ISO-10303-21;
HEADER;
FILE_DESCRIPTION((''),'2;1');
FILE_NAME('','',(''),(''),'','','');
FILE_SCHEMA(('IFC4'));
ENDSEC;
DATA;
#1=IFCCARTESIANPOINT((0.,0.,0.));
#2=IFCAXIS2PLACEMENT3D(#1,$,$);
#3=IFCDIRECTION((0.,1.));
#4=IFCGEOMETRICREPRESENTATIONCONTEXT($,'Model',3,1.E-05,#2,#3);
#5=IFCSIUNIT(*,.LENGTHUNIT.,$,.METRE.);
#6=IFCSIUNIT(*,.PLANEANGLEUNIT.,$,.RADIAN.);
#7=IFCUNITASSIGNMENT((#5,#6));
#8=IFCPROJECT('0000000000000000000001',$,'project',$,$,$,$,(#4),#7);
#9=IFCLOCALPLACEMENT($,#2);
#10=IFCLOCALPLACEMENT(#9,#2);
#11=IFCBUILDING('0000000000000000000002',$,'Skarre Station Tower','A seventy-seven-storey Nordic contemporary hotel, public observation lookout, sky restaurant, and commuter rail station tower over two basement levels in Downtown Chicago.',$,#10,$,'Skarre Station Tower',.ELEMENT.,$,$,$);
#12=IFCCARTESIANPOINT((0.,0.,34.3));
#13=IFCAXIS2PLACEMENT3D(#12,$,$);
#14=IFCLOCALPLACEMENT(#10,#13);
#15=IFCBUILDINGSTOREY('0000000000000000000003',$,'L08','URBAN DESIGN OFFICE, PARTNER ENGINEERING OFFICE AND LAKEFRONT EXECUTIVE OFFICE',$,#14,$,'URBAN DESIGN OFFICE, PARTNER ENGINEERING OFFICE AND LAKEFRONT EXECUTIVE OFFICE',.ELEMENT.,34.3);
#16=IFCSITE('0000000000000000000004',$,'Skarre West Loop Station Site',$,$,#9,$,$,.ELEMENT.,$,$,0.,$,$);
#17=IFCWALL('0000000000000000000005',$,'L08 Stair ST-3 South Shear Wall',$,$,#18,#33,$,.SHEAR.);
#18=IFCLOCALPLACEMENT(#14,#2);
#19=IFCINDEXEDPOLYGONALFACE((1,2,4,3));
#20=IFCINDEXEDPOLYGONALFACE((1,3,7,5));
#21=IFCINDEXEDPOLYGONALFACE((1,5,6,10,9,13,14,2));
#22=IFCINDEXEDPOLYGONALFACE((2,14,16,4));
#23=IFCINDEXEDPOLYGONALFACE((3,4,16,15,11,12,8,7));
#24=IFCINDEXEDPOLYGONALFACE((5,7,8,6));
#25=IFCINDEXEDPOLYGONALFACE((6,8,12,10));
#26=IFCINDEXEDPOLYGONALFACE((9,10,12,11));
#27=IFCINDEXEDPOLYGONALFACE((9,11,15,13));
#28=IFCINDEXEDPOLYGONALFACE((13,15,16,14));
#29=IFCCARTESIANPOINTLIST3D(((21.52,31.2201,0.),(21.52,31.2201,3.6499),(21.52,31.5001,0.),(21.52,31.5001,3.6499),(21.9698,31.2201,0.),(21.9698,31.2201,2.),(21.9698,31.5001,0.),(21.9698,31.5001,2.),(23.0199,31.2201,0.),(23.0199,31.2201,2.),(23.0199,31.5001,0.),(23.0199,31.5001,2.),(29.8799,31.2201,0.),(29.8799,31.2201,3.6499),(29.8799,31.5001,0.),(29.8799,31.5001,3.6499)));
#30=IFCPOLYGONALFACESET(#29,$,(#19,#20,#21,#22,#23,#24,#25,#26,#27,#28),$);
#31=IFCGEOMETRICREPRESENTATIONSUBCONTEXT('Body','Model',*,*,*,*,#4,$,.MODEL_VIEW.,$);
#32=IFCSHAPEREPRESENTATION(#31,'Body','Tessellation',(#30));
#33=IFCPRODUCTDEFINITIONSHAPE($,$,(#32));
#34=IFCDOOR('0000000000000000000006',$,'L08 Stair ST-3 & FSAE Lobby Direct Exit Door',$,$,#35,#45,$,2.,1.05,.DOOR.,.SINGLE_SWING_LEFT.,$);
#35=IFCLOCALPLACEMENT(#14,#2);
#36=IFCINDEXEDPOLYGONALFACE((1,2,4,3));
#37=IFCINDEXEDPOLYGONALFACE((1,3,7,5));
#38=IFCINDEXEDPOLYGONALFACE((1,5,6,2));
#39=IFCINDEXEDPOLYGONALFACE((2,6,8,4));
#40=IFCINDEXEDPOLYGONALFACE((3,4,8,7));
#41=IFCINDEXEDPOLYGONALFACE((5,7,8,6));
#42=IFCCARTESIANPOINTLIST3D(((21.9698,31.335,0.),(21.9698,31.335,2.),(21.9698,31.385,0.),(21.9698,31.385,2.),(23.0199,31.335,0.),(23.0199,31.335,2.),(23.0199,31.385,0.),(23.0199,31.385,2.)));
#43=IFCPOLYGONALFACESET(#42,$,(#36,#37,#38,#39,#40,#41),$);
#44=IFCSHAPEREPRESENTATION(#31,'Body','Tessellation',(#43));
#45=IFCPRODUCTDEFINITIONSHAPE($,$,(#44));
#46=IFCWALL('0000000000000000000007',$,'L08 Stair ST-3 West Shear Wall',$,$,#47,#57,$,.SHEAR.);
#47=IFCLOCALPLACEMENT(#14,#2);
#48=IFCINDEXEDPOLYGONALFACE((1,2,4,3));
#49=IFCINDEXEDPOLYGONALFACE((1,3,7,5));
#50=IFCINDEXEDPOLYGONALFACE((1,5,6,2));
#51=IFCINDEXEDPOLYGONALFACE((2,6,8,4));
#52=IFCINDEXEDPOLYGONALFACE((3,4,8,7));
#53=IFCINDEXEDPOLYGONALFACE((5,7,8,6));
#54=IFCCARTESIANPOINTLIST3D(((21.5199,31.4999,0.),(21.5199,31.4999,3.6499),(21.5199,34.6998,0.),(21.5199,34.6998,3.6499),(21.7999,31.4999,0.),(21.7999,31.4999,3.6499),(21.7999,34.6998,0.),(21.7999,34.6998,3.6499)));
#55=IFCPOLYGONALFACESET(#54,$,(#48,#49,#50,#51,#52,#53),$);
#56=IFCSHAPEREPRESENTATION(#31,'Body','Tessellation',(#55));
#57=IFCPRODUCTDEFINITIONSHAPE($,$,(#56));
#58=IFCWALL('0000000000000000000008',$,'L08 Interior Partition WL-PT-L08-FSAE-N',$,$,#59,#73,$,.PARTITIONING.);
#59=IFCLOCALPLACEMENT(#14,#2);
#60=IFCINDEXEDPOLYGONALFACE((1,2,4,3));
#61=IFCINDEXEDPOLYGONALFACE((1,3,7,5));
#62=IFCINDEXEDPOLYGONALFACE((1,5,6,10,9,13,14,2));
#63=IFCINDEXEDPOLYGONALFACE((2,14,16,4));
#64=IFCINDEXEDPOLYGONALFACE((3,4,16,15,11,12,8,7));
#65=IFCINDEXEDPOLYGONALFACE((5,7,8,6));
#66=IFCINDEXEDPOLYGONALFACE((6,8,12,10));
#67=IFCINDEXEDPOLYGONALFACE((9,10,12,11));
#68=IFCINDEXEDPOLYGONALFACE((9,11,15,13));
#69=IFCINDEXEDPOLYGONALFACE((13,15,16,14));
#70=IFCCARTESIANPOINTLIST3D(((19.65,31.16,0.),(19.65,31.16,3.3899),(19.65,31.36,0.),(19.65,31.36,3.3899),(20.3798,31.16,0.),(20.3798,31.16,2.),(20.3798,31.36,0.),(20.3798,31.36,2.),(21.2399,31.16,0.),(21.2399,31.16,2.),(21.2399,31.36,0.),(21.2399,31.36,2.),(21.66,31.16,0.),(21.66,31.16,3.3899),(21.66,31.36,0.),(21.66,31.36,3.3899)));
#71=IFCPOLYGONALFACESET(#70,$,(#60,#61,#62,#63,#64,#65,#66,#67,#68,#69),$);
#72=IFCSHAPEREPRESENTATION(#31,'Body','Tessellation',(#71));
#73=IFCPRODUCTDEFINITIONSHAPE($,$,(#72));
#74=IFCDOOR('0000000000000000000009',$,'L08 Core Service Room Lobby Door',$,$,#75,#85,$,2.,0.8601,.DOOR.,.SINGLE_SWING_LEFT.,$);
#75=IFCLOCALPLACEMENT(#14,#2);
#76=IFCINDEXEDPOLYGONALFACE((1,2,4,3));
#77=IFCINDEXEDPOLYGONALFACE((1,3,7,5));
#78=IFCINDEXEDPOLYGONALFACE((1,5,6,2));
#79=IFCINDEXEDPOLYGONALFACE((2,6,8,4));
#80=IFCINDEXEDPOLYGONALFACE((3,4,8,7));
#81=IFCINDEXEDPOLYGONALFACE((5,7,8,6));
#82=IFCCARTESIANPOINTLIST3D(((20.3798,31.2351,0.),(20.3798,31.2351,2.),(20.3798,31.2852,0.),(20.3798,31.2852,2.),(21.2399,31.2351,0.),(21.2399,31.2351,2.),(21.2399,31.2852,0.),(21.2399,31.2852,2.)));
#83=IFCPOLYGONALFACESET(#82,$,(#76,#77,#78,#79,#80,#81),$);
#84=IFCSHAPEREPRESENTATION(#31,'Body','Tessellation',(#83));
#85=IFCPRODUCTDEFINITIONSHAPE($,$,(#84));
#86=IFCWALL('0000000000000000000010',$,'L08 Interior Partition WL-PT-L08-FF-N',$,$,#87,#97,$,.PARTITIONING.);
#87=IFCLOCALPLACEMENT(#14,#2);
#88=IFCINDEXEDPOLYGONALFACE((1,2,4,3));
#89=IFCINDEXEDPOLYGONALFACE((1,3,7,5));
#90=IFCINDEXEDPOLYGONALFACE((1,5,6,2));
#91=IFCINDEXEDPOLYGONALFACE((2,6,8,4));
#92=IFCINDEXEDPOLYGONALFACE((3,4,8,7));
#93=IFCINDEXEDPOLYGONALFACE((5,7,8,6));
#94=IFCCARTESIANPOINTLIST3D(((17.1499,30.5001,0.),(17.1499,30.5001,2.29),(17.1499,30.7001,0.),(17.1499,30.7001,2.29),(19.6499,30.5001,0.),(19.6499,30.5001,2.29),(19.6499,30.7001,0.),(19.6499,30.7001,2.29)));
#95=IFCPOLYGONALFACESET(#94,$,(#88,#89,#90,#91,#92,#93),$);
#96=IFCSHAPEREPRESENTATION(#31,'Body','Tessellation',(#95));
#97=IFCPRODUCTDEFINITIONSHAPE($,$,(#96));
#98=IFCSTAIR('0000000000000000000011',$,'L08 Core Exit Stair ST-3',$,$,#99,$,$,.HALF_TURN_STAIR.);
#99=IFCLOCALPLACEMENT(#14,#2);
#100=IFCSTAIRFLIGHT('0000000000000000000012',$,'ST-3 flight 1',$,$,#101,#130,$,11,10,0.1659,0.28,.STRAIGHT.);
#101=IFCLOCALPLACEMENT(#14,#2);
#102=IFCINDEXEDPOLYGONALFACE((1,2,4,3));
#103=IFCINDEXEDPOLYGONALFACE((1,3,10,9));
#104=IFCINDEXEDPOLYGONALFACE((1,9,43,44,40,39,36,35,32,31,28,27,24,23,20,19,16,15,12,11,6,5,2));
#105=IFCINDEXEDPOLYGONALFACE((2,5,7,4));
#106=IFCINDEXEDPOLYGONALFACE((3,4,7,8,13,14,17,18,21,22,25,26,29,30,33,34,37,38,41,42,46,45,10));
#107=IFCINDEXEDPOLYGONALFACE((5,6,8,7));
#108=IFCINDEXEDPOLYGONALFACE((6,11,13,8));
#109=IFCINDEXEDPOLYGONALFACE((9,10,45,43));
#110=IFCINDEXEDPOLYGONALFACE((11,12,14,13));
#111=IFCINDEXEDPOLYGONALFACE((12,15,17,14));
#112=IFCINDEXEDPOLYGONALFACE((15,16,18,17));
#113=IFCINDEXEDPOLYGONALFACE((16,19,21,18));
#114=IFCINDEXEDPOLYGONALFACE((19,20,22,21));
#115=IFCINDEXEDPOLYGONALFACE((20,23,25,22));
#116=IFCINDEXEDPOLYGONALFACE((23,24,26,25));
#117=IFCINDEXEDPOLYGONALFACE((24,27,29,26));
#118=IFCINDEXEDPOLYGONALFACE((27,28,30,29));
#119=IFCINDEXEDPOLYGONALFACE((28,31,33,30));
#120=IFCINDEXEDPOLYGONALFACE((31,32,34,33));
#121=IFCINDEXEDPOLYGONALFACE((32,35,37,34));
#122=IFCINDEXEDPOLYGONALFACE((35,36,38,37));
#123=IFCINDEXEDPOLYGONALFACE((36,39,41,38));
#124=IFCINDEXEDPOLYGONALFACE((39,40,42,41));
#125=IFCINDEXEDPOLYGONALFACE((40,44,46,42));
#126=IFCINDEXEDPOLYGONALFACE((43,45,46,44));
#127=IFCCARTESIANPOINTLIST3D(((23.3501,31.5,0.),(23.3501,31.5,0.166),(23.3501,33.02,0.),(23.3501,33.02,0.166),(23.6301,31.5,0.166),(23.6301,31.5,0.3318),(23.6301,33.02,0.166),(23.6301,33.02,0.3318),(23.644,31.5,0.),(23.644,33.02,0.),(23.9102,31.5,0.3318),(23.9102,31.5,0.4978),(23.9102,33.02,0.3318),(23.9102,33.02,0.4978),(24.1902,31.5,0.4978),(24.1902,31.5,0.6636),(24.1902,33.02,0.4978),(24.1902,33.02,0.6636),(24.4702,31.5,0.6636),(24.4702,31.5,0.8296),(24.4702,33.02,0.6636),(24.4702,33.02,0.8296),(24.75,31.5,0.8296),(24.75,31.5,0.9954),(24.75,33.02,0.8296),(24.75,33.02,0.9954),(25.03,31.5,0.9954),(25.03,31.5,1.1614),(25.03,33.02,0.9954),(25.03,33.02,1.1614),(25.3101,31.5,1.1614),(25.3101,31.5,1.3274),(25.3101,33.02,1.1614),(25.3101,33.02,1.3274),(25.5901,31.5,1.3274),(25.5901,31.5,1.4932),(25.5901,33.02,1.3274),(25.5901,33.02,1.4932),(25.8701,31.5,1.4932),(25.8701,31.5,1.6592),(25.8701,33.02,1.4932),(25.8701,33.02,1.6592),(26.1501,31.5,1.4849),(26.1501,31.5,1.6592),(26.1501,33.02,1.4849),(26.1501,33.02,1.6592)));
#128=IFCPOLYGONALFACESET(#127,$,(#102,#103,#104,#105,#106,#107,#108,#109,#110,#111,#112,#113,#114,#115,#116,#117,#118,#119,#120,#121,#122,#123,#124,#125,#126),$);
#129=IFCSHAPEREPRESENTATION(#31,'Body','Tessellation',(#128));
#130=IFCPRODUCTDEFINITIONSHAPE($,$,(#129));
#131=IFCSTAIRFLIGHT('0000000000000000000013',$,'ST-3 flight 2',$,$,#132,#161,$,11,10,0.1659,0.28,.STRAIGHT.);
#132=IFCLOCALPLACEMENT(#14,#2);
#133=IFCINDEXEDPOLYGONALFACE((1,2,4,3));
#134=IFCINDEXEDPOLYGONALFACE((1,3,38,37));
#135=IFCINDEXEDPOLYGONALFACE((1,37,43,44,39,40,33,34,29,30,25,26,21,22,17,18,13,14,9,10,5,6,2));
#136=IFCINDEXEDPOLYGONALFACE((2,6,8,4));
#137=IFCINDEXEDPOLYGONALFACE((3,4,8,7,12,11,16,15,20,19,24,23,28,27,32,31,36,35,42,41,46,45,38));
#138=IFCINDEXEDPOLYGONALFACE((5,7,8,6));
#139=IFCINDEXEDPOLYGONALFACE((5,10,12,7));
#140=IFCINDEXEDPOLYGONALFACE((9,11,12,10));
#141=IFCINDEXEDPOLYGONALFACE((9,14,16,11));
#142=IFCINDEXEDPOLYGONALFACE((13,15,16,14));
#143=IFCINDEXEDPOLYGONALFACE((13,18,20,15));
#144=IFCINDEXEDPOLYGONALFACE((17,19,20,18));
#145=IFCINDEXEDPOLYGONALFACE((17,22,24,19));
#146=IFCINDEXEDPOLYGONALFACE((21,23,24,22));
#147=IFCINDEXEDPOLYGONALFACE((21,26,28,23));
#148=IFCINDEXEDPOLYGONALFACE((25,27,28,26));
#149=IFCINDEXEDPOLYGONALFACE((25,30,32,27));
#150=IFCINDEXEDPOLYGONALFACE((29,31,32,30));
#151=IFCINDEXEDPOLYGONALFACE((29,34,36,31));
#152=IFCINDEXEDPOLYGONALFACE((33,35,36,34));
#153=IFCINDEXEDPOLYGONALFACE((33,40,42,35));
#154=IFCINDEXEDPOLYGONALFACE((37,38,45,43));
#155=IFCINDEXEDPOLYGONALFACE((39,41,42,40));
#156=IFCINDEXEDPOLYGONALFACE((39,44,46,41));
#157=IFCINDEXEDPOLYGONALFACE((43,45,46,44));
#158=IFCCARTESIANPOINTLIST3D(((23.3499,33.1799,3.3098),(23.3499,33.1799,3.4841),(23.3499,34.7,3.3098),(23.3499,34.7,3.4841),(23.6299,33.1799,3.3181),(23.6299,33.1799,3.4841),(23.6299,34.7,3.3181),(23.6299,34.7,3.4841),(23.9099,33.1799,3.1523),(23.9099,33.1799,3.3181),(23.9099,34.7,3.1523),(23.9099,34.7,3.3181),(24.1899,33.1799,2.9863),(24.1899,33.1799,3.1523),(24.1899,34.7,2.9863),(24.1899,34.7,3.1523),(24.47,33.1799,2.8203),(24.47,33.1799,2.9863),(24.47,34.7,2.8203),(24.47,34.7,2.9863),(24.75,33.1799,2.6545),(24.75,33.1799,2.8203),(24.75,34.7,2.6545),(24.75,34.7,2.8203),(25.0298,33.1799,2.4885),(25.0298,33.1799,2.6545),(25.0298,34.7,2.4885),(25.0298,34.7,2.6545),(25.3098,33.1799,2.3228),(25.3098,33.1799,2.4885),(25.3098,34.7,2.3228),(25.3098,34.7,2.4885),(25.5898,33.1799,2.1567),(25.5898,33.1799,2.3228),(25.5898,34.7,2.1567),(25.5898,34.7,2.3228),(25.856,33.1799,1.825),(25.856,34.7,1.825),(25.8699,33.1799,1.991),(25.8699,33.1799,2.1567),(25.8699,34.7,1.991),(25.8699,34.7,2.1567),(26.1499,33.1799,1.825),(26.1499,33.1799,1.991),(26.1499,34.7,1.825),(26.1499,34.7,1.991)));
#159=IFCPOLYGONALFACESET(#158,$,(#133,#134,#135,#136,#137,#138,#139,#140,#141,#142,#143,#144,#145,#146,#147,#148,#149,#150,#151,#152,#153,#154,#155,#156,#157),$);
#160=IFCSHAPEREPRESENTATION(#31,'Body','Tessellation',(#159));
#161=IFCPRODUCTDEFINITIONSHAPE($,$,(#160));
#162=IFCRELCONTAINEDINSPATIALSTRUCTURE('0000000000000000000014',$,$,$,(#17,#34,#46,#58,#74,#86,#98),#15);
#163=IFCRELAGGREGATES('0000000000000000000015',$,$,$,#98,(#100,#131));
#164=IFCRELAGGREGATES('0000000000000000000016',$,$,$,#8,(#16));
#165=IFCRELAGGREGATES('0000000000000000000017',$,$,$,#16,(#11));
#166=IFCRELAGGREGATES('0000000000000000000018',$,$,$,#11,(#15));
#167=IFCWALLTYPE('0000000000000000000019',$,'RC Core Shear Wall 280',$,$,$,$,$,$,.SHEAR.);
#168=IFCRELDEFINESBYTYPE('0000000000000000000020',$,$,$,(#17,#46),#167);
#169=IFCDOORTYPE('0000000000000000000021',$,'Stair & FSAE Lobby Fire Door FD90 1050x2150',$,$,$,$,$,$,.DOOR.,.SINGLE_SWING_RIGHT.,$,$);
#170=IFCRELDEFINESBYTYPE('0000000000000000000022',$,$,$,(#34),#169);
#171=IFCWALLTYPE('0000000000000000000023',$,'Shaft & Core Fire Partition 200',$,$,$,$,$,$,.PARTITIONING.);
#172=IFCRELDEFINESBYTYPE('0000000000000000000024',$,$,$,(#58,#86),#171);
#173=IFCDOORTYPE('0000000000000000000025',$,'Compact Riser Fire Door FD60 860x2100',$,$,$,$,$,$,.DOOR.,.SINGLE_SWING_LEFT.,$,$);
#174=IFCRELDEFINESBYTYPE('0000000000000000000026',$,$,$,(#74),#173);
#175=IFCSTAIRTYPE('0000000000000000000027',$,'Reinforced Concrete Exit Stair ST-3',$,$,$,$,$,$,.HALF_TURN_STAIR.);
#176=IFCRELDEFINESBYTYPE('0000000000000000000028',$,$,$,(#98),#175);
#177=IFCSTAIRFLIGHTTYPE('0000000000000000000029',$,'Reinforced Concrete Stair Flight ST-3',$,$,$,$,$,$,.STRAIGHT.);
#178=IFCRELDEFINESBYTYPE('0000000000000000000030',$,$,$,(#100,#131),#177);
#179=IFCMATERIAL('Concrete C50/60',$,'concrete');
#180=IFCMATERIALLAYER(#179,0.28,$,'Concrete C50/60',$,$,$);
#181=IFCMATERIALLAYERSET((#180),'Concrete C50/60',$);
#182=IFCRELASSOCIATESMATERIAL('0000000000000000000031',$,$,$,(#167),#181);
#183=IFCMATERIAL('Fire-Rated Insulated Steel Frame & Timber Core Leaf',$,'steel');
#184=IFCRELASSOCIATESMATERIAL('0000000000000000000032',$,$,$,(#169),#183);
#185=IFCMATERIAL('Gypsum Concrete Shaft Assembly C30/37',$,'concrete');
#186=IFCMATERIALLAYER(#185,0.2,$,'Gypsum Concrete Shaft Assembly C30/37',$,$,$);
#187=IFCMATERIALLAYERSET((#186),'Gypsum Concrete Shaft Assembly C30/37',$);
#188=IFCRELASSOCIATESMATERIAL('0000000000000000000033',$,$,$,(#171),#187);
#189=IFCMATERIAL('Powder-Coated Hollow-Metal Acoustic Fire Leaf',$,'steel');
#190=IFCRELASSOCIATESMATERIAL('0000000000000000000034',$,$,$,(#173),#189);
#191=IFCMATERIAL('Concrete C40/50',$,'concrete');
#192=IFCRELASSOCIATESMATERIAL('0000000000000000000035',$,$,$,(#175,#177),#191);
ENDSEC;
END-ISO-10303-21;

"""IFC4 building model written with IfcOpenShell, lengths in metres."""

from ifc_helpers import new_model, si_unit, direction, frame, frame_2d, origin, place, context, subcontext, project, spatial, polyline, rectangle, outline, extrude, material, layer, layer_set, type_object, element, fill, aggregate, save


model = new_model("IFC4")

# Units and contexts
model_context = context("Model", 3, precision=1e-05, world=origin(), true_north=direction((0.0, 1.0)))
body_context = subcontext(model_context, "Body", "Model", "MODEL_VIEW")
ifc_project = project(units=[si_unit("LENGTHUNIT", "METRE"), si_unit("PLANEANGLEUNIT", "RADIAN")], contexts=[model_context])

# Site, building, storey
site_placement = place(None, origin())
site = spatial("IfcSite", under=ifc_project, at=site_placement, Name="Skarre West Loop Station Site", CompositionType="ELEMENT", RefElevation=0.0)
building_placement = place(site_placement, origin())
building = spatial("IfcBuilding", under=site, at=building_placement, Name="Skarre Station Tower", Description="A seventy-seven-storey Nordic contemporary hotel, public observation lookout, sky restaurant, and commuter rail station tower over two basement levels in Downtown Chicago.", LongName="Skarre Station Tower", CompositionType="ELEMENT")
storey_placement = place(building_placement, frame((0.0, 0.0, 34.3)))
storey = spatial("IfcBuildingStorey", under=building, at=storey_placement, Name="L08", Description="URBAN DESIGN OFFICE, PARTNER ENGINEERING OFFICE AND LAKEFRONT EXECUTIVE OFFICE", LongName="URBAN DESIGN OFFICE, PARTNER ENGINEERING OFFICE AND LAKEFRONT EXECUTIVE OFFICE", CompositionType="ELEMENT", Elevation=34.3)

# Wall, opening, door
ifc_material_1 = material(Name="Concrete C50/60", Category="concrete")
ifc_layer_1 = layer(ifc_material_1, 0.28, Name="Concrete C50/60")
ifc_layer_set_1 = layer_set([ifc_layer_1], Name="Concrete C50/60")
wall_type_1 = type_object("IfcWallType", Name="RC Core Shear Wall 280", PredefinedType="SHEAR", material=ifc_layer_set_1)
wall_1_placement = place(storey_placement, frame((21.52, 31.3601, 0.0), z_axis=(0.0, 0.0, 1.0), x_axis=(1.0, 0.0, 0.0)))
wall_1 = element("IfcWall", 1, at=wall_1_placement, inside=storey, type_object=wall_type_1, Name="L08 Stair ST-3 South Shear Wall", PredefinedType="SHEAR", context=body_context, shape_type="SweptSolid", body=[
    extrude(rectangle(XDim=8.3599, YDim=0.28, at=frame_2d((4.1799, 0.0))), origin(), (0.0, 0.0, 1.0), 3.6499),
])
opening_1_placement = place(wall_1_placement, frame((0.45, 0.0, 0.0)))
opening_1 = element("IfcOpeningElement", 2, at=opening_1_placement, cuts=wall_1, PredefinedType="OPENING", context=body_context, shape_type="SweptSolid", body=[
    extrude(rectangle(XDim=1.05, YDim=2.0, at=frame_2d((0.5249, 1.0))), frame((0.0, 0.1499, 0.0), z_axis=(0.0, -1.0, 0.0), x_axis=(1.0, 0.0, 0.0)), (0.0, 0.0, 1.0), 0.3),
])
ifc_material_2 = material(Name="Fire-Rated Insulated Steel Frame & Timber Core Leaf", Category="steel")
door_type_1 = type_object("IfcDoorType", Name="Stair & FSAE Lobby Fire Door FD90 1050x2150", OperationType="SINGLE_SWING_RIGHT", PredefinedType="DOOR", material=ifc_material_2)
door_1_placement = place(opening_1_placement, origin())
door_1 = element("IfcDoor", 3, at=door_1_placement, inside=storey, type_object=door_type_1, Name="L08 Stair ST-3 & FSAE Lobby Direct Exit Door", OperationType="SINGLE_SWING_LEFT", OverallHeight=2.0, OverallWidth=1.05, PredefinedType="DOOR", context=body_context, shape_type="SweptSolid", body=[
    extrude(rectangle(XDim=1.05, YDim=2.0, at=frame_2d((0.5249, 1.0))), frame((0.0, 0.0249, 0.0), z_axis=(0.0, -1.0, 0.0), x_axis=(1.0, 0.0, 0.0)), (0.0, 0.0, 1.0), 0.05),
])
fill(opening_1, door_1)

# Wall
wall_2_placement = place(storey_placement, frame((21.6599, 34.7, 0.0), z_axis=(0.0, 0.0, 1.0), x_axis=(0.0, -1.0, 0.0)))
element("IfcWall", 4, at=wall_2_placement, inside=storey, type_object=wall_type_1, Name="L08 Stair ST-3 West Shear Wall", PredefinedType="SHEAR", context=body_context, shape_type="SweptSolid", body=[
    extrude(rectangle(XDim=3.2, YDim=0.28, at=frame_2d((1.6001, 0.0))), origin(), (0.0, 0.0, 1.0), 3.6499),
])

# Wall, opening, door
ifc_material_3 = material(Name="Gypsum Concrete Shaft Assembly C30/37", Category="concrete")
ifc_layer_2 = layer(ifc_material_3, 0.2, Name="Gypsum Concrete Shaft Assembly C30/37")
ifc_layer_set_2 = layer_set([ifc_layer_2], Name="Gypsum Concrete Shaft Assembly C30/37")
wall_type_2 = type_object("IfcWallType", Name="Shaft & Core Fire Partition 200", PredefinedType="PARTITIONING", material=ifc_layer_set_2)
wall_3_placement = place(storey_placement, frame((21.6599, 31.26, 0.0), z_axis=(0.0, 0.0, 1.0), x_axis=(-1.0, 0.0, 0.0)))
wall_3 = element("IfcWall", 5, at=wall_3_placement, inside=storey, type_object=wall_type_2, Name="L08 Interior Partition WL-PT-L08-FSAE-N", PredefinedType="PARTITIONING", context=body_context, shape_type="SweptSolid", body=[
    extrude(rectangle(XDim=2.01, YDim=0.2, at=frame_2d((1.0049, 0.0))), origin(), (0.0, 0.0, 1.0), 3.3899),
])
opening_2_placement = place(wall_3_placement, frame((0.4199, 0.0, 0.0)))
opening_2 = element("IfcOpeningElement", 6, at=opening_2_placement, cuts=wall_3, PredefinedType="OPENING", context=body_context, shape_type="SweptSolid", body=[
    extrude(rectangle(XDim=0.8601, YDim=2.0, at=frame_2d((0.4302, 1.0))), frame((0.0, 0.1099, 0.0), z_axis=(0.0, -1.0, 0.0), x_axis=(1.0, 0.0, 0.0)), (0.0, 0.0, 1.0), 0.22),
])
ifc_material_4 = material(Name="Powder-Coated Hollow-Metal Acoustic Fire Leaf", Category="steel")
door_type_2 = type_object("IfcDoorType", Name="Compact Riser Fire Door FD60 860x2100", OperationType="SINGLE_SWING_LEFT", PredefinedType="DOOR", material=ifc_material_4)
door_2_placement = place(opening_2_placement, origin())
door_2 = element("IfcDoor", 7, at=door_2_placement, inside=storey, type_object=door_type_2, Name="L08 Core Service Room Lobby Door", OperationType="SINGLE_SWING_LEFT", OverallHeight=2.0, OverallWidth=0.8601, PredefinedType="DOOR", context=body_context, shape_type="SweptSolid", body=[
    extrude(rectangle(XDim=0.8601, YDim=2.0, at=frame_2d((0.4302, 1.0))), frame((0.0, 0.0249, 0.0), z_axis=(0.0, -1.0, 0.0), x_axis=(1.0, 0.0, 0.0)), (0.0, 0.0, 1.0), 0.05),
])
fill(opening_2, door_2)

# Wall
wall_4_placement = place(storey_placement, frame((19.6499, 30.6001, 0.0), z_axis=(0.0, 0.0, 1.0), x_axis=(-1.0, 0.0, 0.0)))
element("IfcWall", 8, at=wall_4_placement, inside=storey, type_object=wall_type_2, Name="L08 Interior Partition WL-PT-L08-FF-N", PredefinedType="PARTITIONING", context=body_context, shape_type="SweptSolid", body=[
    extrude(rectangle(XDim=2.5, YDim=0.2, at=frame_2d((1.25, 0.0))), origin(), (0.0, 0.0, 1.0), 2.29),
])

# Stair, stair flights
ifc_material_5 = material(Name="Concrete C40/50", Category="concrete")
stair_type = type_object("IfcStairType", Name="Reinforced Concrete Exit Stair ST-3", PredefinedType="HALF_TURN_STAIR", material=ifc_material_5)
stair_placement = place(storey_placement, origin())
stair = element("IfcStair", 9, at=stair_placement, inside=storey, type_object=stair_type, Name="L08 Core Exit Stair ST-3", PredefinedType="HALF_TURN_STAIR")
stair_flight_type = type_object("IfcStairFlightType", Name="Reinforced Concrete Stair Flight ST-3", PredefinedType="STRAIGHT", material=ifc_material_5)
stair_flight_1_placement = place(storey_placement, frame((23.3501, 32.26, 0.0), z_axis=(0.0, 0.0, 1.0), x_axis=(1.0, 0.0, 0.0)))
stair_flight_1 = element("IfcStairFlight", 10, at=stair_flight_1_placement, type_object=stair_flight_type, Name="ST-3 flight 1", NumberOfRisers=11, NumberOfTreads=10, PredefinedType="STRAIGHT", RiserHeight=0.1659, TreadLength=0.28, context=body_context, shape_type="SweptSolid", body=[
    extrude(outline(polyline([(0.0, 0.0), (0.0, 0.166), (0.28, 0.166), (0.28, 0.3318), (0.5601, 0.3318), (0.5601, 0.4978), (0.8401, 0.4978), (0.8401, 0.6636), (1.1201, 0.6636), (1.1201, 0.8296), (1.3999, 0.8296), (1.3999, 0.9954), (1.6799, 0.9954), (1.6799, 1.1614), (1.96, 1.1614), (1.96, 1.3274), (2.24, 1.3274), (2.24, 1.4932), (2.52, 1.4932), (2.52, 1.6592), (2.8, 1.6592), (2.8, 1.825), (2.8, 1.4849), (0.2939, 0.0), (0.0, 0.0)])), frame((0.0, 0.76, 0.0), z_axis=(0.0, -1.0, 0.0), x_axis=(1.0, 0.0, 0.0)), (0.0, 0.0, 1.0), 1.52),
])
stair_flight_2_placement = place(storey_placement, frame((26.1499, 33.9399, 1.825), z_axis=(0.0, 0.0, 1.0), x_axis=(-1.0, 0.0, 0.0)))
stair_flight_2 = element("IfcStairFlight", 11, at=stair_flight_2_placement, type_object=stair_flight_type, Name="ST-3 flight 2", NumberOfRisers=11, NumberOfTreads=10, PredefinedType="STRAIGHT", RiserHeight=0.1659, TreadLength=0.28, context=body_context, shape_type="SweptSolid", body=[
    extrude(outline(polyline([(0.0, 0.0), (0.0, 0.166), (0.28, 0.166), (0.28, 0.3318), (0.5601, 0.3318), (0.5601, 0.4978), (0.8401, 0.4978), (0.8401, 0.6636), (1.1201, 0.6636), (1.1201, 0.8296), (1.3999, 0.8296), (1.3999, 0.9954), (1.6799, 0.9954), (1.6799, 1.1614), (1.96, 1.1614), (1.96, 1.3274), (2.24, 1.3274), (2.24, 1.4932), (2.52, 1.4932), (2.52, 1.6592), (2.8, 1.6592), (2.8, 1.825), (2.8, 1.4849), (0.2939, 0.0), (0.0, 0.0)])), frame((0.0, 0.76, 0.0), z_axis=(0.0, -1.0, 0.0), x_axis=(1.0, 0.0, 0.0)), (0.0, 0.0, 1.0), 1.52),
])
aggregate(stair, [stair_flight_1, stair_flight_2])

save(model, "model.ifc")
